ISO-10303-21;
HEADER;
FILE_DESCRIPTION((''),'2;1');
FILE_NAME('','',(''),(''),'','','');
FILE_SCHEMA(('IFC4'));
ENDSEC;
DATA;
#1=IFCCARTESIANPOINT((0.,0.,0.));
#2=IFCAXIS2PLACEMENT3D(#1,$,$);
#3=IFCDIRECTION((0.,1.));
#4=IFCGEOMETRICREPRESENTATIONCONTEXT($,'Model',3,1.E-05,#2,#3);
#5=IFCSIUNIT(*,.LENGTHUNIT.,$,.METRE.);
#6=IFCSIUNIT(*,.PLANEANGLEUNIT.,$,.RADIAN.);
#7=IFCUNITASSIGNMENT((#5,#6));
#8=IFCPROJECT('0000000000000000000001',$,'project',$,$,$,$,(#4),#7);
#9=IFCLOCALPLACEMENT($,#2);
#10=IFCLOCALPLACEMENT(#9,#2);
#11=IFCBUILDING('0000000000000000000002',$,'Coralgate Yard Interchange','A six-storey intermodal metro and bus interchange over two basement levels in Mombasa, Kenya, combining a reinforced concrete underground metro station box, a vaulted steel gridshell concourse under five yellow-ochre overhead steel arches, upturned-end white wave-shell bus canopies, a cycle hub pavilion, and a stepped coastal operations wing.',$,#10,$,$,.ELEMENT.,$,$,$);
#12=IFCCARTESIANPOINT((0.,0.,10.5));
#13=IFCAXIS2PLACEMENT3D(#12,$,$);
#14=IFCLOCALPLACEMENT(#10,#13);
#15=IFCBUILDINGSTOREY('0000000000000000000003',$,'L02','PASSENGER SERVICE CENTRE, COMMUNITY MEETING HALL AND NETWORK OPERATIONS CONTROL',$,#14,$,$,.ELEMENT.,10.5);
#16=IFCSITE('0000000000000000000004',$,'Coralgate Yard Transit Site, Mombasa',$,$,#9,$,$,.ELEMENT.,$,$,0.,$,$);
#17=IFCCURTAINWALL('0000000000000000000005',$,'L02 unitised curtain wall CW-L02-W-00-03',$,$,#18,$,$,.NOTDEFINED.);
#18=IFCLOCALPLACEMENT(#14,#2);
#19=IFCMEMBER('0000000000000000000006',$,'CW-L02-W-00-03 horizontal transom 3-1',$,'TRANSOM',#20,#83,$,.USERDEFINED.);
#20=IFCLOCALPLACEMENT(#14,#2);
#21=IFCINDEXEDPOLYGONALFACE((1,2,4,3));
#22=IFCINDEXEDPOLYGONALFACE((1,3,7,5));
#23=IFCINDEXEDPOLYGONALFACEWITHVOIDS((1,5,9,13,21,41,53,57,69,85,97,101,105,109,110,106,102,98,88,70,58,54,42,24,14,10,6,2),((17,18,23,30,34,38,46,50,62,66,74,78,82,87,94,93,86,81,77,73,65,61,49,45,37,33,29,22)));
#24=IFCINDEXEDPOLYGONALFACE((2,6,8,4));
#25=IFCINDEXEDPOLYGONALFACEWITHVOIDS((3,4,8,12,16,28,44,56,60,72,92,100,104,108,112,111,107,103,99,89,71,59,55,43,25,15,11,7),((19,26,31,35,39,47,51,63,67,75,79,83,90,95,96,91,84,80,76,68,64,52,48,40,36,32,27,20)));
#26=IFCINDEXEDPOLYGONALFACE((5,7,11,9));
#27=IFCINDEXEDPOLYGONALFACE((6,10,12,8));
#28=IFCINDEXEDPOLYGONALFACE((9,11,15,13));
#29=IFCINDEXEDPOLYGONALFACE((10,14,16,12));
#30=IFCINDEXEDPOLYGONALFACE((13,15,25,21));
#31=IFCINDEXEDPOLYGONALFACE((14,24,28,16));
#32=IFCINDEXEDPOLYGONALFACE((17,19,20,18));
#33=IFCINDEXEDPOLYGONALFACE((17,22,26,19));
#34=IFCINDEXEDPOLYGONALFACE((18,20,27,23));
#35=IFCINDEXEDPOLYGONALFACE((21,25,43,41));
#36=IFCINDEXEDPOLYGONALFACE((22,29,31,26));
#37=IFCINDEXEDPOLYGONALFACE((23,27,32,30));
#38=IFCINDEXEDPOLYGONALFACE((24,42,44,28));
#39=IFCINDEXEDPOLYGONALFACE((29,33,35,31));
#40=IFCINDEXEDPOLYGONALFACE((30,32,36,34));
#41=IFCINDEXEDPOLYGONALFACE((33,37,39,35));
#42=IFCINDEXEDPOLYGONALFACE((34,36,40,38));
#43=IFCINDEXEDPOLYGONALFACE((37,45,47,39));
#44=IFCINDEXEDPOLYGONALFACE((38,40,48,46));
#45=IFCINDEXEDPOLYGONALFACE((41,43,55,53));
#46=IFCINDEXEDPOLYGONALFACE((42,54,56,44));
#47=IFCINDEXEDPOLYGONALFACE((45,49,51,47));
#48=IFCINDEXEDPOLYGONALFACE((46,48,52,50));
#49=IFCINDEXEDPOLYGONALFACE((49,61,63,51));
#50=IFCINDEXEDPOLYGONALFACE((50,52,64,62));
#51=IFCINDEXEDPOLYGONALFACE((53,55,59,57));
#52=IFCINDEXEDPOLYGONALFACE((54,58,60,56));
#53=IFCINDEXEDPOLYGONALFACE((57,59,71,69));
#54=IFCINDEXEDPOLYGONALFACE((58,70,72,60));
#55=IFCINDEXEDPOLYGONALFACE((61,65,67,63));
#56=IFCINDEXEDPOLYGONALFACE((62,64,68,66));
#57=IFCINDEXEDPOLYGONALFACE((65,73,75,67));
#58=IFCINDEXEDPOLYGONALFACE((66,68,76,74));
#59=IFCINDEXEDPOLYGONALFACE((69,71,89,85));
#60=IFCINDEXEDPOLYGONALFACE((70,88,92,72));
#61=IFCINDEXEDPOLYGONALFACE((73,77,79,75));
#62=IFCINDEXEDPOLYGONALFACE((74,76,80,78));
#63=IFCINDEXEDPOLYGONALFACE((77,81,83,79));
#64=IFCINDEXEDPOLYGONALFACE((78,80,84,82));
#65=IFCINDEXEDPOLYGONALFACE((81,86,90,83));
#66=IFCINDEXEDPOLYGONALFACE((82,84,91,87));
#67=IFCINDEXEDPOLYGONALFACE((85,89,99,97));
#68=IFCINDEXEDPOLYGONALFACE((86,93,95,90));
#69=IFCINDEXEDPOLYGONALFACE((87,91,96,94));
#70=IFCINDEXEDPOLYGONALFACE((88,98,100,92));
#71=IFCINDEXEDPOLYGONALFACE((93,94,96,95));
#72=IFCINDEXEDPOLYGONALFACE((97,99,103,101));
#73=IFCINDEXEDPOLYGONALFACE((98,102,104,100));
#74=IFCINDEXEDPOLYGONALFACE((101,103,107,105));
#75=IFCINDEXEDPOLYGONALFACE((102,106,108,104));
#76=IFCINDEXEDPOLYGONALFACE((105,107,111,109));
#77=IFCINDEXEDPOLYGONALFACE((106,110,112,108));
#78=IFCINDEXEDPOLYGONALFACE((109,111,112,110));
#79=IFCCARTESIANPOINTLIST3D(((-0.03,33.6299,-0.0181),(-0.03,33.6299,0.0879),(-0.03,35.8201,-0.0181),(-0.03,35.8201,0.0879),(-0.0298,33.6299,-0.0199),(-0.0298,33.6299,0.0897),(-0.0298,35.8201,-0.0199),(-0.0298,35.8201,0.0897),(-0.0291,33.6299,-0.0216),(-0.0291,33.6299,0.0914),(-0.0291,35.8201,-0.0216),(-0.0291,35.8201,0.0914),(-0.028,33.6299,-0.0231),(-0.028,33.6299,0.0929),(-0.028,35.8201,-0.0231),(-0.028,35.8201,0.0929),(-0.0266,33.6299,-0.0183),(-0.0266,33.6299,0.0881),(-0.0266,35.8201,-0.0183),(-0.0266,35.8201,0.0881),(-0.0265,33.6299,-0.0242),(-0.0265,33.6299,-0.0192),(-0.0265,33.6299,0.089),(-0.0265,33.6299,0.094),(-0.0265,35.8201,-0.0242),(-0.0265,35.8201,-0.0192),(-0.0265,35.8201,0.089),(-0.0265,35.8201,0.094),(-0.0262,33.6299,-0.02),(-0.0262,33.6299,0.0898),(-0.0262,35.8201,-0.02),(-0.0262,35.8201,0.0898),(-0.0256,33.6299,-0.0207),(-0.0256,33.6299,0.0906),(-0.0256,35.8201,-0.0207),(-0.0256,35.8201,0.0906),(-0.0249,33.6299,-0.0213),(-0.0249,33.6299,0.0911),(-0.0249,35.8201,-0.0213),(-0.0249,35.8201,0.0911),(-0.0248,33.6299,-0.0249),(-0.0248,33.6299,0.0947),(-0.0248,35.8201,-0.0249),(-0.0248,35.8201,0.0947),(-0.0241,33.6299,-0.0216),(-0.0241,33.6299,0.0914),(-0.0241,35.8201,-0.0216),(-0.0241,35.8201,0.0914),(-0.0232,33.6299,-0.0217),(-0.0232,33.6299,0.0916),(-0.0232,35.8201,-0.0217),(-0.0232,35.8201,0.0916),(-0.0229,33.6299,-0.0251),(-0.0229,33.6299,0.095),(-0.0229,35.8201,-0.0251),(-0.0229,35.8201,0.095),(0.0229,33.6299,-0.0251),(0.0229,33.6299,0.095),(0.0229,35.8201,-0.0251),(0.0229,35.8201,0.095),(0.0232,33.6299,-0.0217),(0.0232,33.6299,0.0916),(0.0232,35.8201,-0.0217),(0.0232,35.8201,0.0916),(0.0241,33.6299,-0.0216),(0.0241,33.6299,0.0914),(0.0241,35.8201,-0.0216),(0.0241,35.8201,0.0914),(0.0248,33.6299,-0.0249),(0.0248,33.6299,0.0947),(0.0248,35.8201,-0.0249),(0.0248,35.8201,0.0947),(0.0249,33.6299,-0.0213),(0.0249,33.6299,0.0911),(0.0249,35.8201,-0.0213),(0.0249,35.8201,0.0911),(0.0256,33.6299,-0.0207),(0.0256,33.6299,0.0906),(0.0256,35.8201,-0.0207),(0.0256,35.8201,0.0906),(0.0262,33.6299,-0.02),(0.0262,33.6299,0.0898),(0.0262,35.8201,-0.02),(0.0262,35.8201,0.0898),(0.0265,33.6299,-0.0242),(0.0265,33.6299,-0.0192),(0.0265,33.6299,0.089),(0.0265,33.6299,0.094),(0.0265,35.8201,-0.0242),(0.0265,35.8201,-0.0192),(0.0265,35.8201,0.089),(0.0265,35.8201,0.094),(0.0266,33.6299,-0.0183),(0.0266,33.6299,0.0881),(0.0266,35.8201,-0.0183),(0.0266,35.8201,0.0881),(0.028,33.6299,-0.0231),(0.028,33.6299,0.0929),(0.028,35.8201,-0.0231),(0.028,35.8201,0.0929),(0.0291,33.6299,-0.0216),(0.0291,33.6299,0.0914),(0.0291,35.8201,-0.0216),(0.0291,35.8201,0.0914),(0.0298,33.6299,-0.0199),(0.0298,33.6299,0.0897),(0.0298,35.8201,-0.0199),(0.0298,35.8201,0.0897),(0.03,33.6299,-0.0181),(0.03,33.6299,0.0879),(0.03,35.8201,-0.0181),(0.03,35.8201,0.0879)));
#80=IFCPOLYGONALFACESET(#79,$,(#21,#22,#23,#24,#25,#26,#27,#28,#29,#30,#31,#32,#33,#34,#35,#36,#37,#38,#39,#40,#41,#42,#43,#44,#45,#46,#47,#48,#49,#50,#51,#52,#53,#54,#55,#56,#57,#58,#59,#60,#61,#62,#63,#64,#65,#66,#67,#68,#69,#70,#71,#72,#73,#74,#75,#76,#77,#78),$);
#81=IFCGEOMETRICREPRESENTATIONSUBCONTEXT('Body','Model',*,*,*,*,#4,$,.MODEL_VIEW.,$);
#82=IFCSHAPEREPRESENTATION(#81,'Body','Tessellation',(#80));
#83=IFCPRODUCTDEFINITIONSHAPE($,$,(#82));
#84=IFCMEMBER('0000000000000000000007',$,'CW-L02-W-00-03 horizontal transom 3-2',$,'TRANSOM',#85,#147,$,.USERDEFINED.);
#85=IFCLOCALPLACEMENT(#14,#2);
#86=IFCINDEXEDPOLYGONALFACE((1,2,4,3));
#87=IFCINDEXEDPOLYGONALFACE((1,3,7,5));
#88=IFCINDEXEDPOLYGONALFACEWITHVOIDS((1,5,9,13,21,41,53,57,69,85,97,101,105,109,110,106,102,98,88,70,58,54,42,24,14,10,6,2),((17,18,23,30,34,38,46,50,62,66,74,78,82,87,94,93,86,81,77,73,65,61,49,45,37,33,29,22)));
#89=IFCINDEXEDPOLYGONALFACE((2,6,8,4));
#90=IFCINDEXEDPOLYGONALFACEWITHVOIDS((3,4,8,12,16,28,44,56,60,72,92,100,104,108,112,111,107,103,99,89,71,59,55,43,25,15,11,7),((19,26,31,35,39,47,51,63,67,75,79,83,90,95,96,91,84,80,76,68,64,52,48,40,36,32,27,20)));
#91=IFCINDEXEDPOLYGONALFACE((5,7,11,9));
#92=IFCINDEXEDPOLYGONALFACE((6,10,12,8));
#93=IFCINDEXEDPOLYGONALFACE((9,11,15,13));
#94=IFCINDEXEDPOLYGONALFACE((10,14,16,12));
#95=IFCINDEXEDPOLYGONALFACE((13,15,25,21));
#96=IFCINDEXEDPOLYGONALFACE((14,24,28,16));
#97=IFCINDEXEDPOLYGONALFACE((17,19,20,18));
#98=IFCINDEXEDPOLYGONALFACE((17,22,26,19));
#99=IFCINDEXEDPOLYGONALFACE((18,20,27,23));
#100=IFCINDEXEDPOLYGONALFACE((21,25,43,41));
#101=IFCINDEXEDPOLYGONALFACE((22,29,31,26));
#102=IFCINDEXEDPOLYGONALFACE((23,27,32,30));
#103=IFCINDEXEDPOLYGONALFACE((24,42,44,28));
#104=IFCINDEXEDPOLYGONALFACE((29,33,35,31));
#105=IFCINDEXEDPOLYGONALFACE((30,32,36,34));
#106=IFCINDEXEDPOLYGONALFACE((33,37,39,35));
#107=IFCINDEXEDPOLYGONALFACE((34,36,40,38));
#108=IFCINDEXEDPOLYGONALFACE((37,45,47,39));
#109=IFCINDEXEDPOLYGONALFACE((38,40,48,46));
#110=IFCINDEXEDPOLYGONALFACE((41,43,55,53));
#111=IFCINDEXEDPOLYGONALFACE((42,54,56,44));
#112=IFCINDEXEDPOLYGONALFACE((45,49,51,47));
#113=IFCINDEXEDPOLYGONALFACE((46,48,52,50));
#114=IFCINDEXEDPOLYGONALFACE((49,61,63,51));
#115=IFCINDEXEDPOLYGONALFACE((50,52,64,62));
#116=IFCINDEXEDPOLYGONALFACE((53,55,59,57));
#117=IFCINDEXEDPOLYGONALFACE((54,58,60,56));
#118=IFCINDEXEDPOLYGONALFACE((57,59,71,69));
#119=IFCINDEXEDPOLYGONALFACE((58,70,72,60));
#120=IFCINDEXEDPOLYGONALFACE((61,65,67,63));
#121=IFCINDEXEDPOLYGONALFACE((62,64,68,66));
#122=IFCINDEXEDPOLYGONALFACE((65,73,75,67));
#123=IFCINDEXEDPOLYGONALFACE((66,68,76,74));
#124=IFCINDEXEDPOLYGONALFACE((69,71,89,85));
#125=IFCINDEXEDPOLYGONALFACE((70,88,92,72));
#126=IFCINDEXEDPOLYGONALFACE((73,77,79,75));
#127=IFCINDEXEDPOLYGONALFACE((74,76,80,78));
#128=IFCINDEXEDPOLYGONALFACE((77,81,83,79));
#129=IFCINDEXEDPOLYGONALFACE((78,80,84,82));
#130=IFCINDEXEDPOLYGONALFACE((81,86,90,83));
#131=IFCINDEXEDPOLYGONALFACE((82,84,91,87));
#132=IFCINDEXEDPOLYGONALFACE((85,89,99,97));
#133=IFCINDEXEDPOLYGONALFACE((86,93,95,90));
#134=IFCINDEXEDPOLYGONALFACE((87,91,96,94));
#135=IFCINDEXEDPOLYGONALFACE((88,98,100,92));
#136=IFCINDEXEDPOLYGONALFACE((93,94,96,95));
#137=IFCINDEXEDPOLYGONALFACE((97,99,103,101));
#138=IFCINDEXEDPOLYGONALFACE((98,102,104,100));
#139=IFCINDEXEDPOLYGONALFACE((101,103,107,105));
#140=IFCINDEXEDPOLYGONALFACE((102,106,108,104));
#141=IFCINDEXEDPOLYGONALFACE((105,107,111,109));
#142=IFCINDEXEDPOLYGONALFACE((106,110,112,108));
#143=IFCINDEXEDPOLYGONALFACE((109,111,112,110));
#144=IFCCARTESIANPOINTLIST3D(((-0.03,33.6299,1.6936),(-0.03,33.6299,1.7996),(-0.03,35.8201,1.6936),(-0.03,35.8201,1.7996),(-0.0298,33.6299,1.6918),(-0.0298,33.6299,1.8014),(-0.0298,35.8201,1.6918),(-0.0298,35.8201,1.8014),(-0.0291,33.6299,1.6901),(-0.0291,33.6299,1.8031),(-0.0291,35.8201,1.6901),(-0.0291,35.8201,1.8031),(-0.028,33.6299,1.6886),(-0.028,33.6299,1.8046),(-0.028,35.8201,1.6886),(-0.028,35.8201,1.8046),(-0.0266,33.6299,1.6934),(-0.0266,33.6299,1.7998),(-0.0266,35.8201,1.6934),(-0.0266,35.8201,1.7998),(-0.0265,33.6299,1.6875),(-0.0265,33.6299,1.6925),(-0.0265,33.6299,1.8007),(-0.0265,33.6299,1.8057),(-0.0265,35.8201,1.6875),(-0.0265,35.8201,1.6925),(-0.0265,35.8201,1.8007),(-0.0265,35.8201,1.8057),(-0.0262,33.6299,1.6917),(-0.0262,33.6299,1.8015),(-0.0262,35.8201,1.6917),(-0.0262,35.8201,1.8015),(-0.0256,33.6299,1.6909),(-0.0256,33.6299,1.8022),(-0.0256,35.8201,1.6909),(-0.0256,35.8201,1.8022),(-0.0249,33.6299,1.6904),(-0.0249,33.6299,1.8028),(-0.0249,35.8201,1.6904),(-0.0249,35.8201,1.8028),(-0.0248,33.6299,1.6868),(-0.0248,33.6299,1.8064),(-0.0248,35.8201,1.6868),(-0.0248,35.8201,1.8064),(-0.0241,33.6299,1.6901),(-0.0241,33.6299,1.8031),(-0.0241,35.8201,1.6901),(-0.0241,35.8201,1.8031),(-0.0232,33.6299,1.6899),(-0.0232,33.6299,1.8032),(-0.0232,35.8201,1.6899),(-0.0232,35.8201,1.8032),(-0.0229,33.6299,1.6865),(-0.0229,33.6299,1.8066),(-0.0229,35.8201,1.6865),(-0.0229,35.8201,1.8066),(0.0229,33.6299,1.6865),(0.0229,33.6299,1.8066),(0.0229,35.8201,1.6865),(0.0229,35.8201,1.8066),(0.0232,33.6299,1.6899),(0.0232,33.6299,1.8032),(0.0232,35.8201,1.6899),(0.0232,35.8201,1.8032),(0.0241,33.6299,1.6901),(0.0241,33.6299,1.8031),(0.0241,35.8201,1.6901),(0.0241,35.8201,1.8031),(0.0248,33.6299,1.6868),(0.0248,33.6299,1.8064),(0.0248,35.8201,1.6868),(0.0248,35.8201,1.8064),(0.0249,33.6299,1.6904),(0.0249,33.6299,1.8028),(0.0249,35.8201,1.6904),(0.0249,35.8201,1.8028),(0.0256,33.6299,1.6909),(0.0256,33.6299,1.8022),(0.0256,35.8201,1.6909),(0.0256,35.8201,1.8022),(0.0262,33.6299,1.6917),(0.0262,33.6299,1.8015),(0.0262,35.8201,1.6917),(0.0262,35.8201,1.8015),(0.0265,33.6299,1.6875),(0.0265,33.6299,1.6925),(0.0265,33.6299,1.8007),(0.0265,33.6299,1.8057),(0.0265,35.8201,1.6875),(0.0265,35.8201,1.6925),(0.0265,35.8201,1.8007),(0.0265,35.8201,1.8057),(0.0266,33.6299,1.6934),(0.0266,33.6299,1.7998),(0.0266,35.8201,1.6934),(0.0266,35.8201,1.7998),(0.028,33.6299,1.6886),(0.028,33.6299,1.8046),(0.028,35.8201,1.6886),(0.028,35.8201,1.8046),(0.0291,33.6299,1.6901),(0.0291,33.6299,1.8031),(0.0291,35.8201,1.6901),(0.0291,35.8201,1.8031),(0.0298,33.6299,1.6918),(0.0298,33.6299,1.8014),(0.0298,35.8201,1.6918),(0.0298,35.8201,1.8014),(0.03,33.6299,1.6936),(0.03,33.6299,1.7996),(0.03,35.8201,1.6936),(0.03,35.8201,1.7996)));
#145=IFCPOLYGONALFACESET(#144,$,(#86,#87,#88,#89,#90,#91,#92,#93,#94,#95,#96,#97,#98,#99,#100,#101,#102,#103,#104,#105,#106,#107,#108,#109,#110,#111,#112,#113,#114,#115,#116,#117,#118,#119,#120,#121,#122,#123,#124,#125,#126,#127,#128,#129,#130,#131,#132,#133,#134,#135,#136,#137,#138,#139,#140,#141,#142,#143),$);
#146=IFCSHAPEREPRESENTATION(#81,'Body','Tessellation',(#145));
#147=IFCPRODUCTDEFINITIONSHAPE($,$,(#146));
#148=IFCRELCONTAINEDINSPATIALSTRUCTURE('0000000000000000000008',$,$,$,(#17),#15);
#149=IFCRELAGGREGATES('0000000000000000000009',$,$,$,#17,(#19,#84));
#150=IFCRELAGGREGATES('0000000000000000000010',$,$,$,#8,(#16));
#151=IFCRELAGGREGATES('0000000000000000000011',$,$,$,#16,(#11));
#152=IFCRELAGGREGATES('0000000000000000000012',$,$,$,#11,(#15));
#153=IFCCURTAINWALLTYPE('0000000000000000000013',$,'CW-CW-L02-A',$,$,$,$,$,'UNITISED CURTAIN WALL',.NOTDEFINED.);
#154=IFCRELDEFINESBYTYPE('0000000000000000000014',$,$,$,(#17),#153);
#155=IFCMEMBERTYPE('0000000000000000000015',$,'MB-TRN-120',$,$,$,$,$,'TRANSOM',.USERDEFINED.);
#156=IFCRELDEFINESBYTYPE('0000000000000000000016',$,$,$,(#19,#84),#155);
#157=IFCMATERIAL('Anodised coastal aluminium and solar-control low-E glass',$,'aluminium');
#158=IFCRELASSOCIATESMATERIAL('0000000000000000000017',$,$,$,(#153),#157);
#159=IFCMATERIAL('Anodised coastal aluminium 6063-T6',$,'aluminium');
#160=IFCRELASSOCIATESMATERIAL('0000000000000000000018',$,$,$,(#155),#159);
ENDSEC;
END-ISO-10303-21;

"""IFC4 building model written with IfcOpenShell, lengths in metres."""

from ifc_helpers import new_model, si_unit, direction, frame, origin, origin_2d, place, context, subcontext, project, spatial, hollow_rectangle, extrude, material, material_profile, profile_set, type_object, element, aggregate, save


model = new_model("IFC4")

# Units and contexts
model_context = context("Model", 3, precision=1e-05, world=origin(), true_north=direction((0.0, 1.0)))
body_context = subcontext(model_context, "Body", "Model", "MODEL_VIEW")
ifc_project = project(units=[si_unit("LENGTHUNIT", "METRE"), si_unit("PLANEANGLEUNIT", "RADIAN")], contexts=[model_context])

# Site, building, storey
site_placement = place(None, origin())
site = spatial("IfcSite", under=ifc_project, at=site_placement, Name="Coralgate Yard Transit Site, Mombasa", CompositionType="ELEMENT", RefElevation=0.0)
building_placement = place(site_placement, origin())
building = spatial("IfcBuilding", under=site, at=building_placement, Name="Coralgate Yard Interchange", Description="A six-storey intermodal metro and bus interchange over two basement levels in Mombasa, Kenya, combining a reinforced concrete underground metro station box, a vaulted steel gridshell concourse under five yellow-ochre overhead steel arches, upturned-end white wave-shell bus canopies, a cycle hub pavilion, and a stepped coastal operations wing.", CompositionType="ELEMENT")
storey_placement = place(building_placement, frame((0.0, 0.0, 10.5)))
storey = spatial("IfcBuildingStorey", under=building, at=storey_placement, Name="L02", Description="PASSENGER SERVICE CENTRE, COMMUNITY MEETING HALL AND NETWORK OPERATIONS CONTROL", CompositionType="ELEMENT", Elevation=10.5)

# Curtain wall, members
ifc_material_1 = material(Name="Anodised coastal aluminium and solar-control low-E glass", Category="aluminium")
curtain_wall_type = type_object("IfcCurtainWallType", Name="CW-CW-L02-A", ElementType="UNITISED CURTAIN WALL", PredefinedType="NOTDEFINED", material=ifc_material_1)
curtain_wall_placement = place(storey_placement, origin())
curtain_wall = element("IfcCurtainWall", 1, at=curtain_wall_placement, inside=storey, type_object=curtain_wall_type, Name="L02 unitised curtain wall CW-L02-W-00-03", PredefinedType="NOTDEFINED")
ifc_material_2 = material(Name="Anodised coastal aluminium 6063-T6", Category="aluminium")
ifc_material_profile_1 = material_profile(ifc_material_2, hollow_rectangle(XDim=0.0601, YDim=0.1201, WallThickness=0.0034, InnerFilletRadius=0.0034, OuterFilletRadius=0.0071, at=origin_2d()), Name="ALU 60x120x3.5")
ifc_profile_set_1 = profile_set([ifc_material_profile_1], Name="Anodised coastal aluminium 6063-T6")
member_type_1 = type_object("IfcMemberType", Name="MB-TRN-120", ElementType="TRANSOM", PredefinedType="USERDEFINED", material=ifc_profile_set_1)
member_1_placement = place(storey_placement, frame((0.0, 33.6299, 0.0349), z_axis=(0.0, 1.0, 0.0), x_axis=(-1.0, 0.0, 0.0)))
member_1 = element("IfcMember", 2, at=member_1_placement, type_object=member_type_1, Name="CW-L02-W-00-03 horizontal transom 3-1", ObjectType="TRANSOM", PredefinedType="USERDEFINED", context=body_context, shape_type="SweptSolid", body=[
    extrude(hollow_rectangle(XDim=0.0601, YDim=0.1201, WallThickness=0.0034, InnerFilletRadius=0.0034, OuterFilletRadius=0.0071, at=origin_2d()), origin(), (0.0, 0.0, 1.0), 2.1902),
])
member_2_placement = place(storey_placement, frame((0.0, 33.6299, 1.7466), z_axis=(0.0, 1.0, 0.0), x_axis=(-1.0, 0.0, 0.0)))
member_2 = element("IfcMember", 3, at=member_2_placement, type_object=member_type_1, Name="CW-L02-W-00-03 horizontal transom 3-2", ObjectType="TRANSOM", PredefinedType="USERDEFINED", context=body_context, shape_type="SweptSolid", body=[
    extrude(hollow_rectangle(XDim=0.0601, YDim=0.1201, WallThickness=0.0034, InnerFilletRadius=0.0034, OuterFilletRadius=0.0071, at=origin_2d()), origin(), (0.0, 0.0, 1.0), 2.1902),
])
aggregate(curtain_wall, [member_1, member_2])

save(model, "model.ifc")
